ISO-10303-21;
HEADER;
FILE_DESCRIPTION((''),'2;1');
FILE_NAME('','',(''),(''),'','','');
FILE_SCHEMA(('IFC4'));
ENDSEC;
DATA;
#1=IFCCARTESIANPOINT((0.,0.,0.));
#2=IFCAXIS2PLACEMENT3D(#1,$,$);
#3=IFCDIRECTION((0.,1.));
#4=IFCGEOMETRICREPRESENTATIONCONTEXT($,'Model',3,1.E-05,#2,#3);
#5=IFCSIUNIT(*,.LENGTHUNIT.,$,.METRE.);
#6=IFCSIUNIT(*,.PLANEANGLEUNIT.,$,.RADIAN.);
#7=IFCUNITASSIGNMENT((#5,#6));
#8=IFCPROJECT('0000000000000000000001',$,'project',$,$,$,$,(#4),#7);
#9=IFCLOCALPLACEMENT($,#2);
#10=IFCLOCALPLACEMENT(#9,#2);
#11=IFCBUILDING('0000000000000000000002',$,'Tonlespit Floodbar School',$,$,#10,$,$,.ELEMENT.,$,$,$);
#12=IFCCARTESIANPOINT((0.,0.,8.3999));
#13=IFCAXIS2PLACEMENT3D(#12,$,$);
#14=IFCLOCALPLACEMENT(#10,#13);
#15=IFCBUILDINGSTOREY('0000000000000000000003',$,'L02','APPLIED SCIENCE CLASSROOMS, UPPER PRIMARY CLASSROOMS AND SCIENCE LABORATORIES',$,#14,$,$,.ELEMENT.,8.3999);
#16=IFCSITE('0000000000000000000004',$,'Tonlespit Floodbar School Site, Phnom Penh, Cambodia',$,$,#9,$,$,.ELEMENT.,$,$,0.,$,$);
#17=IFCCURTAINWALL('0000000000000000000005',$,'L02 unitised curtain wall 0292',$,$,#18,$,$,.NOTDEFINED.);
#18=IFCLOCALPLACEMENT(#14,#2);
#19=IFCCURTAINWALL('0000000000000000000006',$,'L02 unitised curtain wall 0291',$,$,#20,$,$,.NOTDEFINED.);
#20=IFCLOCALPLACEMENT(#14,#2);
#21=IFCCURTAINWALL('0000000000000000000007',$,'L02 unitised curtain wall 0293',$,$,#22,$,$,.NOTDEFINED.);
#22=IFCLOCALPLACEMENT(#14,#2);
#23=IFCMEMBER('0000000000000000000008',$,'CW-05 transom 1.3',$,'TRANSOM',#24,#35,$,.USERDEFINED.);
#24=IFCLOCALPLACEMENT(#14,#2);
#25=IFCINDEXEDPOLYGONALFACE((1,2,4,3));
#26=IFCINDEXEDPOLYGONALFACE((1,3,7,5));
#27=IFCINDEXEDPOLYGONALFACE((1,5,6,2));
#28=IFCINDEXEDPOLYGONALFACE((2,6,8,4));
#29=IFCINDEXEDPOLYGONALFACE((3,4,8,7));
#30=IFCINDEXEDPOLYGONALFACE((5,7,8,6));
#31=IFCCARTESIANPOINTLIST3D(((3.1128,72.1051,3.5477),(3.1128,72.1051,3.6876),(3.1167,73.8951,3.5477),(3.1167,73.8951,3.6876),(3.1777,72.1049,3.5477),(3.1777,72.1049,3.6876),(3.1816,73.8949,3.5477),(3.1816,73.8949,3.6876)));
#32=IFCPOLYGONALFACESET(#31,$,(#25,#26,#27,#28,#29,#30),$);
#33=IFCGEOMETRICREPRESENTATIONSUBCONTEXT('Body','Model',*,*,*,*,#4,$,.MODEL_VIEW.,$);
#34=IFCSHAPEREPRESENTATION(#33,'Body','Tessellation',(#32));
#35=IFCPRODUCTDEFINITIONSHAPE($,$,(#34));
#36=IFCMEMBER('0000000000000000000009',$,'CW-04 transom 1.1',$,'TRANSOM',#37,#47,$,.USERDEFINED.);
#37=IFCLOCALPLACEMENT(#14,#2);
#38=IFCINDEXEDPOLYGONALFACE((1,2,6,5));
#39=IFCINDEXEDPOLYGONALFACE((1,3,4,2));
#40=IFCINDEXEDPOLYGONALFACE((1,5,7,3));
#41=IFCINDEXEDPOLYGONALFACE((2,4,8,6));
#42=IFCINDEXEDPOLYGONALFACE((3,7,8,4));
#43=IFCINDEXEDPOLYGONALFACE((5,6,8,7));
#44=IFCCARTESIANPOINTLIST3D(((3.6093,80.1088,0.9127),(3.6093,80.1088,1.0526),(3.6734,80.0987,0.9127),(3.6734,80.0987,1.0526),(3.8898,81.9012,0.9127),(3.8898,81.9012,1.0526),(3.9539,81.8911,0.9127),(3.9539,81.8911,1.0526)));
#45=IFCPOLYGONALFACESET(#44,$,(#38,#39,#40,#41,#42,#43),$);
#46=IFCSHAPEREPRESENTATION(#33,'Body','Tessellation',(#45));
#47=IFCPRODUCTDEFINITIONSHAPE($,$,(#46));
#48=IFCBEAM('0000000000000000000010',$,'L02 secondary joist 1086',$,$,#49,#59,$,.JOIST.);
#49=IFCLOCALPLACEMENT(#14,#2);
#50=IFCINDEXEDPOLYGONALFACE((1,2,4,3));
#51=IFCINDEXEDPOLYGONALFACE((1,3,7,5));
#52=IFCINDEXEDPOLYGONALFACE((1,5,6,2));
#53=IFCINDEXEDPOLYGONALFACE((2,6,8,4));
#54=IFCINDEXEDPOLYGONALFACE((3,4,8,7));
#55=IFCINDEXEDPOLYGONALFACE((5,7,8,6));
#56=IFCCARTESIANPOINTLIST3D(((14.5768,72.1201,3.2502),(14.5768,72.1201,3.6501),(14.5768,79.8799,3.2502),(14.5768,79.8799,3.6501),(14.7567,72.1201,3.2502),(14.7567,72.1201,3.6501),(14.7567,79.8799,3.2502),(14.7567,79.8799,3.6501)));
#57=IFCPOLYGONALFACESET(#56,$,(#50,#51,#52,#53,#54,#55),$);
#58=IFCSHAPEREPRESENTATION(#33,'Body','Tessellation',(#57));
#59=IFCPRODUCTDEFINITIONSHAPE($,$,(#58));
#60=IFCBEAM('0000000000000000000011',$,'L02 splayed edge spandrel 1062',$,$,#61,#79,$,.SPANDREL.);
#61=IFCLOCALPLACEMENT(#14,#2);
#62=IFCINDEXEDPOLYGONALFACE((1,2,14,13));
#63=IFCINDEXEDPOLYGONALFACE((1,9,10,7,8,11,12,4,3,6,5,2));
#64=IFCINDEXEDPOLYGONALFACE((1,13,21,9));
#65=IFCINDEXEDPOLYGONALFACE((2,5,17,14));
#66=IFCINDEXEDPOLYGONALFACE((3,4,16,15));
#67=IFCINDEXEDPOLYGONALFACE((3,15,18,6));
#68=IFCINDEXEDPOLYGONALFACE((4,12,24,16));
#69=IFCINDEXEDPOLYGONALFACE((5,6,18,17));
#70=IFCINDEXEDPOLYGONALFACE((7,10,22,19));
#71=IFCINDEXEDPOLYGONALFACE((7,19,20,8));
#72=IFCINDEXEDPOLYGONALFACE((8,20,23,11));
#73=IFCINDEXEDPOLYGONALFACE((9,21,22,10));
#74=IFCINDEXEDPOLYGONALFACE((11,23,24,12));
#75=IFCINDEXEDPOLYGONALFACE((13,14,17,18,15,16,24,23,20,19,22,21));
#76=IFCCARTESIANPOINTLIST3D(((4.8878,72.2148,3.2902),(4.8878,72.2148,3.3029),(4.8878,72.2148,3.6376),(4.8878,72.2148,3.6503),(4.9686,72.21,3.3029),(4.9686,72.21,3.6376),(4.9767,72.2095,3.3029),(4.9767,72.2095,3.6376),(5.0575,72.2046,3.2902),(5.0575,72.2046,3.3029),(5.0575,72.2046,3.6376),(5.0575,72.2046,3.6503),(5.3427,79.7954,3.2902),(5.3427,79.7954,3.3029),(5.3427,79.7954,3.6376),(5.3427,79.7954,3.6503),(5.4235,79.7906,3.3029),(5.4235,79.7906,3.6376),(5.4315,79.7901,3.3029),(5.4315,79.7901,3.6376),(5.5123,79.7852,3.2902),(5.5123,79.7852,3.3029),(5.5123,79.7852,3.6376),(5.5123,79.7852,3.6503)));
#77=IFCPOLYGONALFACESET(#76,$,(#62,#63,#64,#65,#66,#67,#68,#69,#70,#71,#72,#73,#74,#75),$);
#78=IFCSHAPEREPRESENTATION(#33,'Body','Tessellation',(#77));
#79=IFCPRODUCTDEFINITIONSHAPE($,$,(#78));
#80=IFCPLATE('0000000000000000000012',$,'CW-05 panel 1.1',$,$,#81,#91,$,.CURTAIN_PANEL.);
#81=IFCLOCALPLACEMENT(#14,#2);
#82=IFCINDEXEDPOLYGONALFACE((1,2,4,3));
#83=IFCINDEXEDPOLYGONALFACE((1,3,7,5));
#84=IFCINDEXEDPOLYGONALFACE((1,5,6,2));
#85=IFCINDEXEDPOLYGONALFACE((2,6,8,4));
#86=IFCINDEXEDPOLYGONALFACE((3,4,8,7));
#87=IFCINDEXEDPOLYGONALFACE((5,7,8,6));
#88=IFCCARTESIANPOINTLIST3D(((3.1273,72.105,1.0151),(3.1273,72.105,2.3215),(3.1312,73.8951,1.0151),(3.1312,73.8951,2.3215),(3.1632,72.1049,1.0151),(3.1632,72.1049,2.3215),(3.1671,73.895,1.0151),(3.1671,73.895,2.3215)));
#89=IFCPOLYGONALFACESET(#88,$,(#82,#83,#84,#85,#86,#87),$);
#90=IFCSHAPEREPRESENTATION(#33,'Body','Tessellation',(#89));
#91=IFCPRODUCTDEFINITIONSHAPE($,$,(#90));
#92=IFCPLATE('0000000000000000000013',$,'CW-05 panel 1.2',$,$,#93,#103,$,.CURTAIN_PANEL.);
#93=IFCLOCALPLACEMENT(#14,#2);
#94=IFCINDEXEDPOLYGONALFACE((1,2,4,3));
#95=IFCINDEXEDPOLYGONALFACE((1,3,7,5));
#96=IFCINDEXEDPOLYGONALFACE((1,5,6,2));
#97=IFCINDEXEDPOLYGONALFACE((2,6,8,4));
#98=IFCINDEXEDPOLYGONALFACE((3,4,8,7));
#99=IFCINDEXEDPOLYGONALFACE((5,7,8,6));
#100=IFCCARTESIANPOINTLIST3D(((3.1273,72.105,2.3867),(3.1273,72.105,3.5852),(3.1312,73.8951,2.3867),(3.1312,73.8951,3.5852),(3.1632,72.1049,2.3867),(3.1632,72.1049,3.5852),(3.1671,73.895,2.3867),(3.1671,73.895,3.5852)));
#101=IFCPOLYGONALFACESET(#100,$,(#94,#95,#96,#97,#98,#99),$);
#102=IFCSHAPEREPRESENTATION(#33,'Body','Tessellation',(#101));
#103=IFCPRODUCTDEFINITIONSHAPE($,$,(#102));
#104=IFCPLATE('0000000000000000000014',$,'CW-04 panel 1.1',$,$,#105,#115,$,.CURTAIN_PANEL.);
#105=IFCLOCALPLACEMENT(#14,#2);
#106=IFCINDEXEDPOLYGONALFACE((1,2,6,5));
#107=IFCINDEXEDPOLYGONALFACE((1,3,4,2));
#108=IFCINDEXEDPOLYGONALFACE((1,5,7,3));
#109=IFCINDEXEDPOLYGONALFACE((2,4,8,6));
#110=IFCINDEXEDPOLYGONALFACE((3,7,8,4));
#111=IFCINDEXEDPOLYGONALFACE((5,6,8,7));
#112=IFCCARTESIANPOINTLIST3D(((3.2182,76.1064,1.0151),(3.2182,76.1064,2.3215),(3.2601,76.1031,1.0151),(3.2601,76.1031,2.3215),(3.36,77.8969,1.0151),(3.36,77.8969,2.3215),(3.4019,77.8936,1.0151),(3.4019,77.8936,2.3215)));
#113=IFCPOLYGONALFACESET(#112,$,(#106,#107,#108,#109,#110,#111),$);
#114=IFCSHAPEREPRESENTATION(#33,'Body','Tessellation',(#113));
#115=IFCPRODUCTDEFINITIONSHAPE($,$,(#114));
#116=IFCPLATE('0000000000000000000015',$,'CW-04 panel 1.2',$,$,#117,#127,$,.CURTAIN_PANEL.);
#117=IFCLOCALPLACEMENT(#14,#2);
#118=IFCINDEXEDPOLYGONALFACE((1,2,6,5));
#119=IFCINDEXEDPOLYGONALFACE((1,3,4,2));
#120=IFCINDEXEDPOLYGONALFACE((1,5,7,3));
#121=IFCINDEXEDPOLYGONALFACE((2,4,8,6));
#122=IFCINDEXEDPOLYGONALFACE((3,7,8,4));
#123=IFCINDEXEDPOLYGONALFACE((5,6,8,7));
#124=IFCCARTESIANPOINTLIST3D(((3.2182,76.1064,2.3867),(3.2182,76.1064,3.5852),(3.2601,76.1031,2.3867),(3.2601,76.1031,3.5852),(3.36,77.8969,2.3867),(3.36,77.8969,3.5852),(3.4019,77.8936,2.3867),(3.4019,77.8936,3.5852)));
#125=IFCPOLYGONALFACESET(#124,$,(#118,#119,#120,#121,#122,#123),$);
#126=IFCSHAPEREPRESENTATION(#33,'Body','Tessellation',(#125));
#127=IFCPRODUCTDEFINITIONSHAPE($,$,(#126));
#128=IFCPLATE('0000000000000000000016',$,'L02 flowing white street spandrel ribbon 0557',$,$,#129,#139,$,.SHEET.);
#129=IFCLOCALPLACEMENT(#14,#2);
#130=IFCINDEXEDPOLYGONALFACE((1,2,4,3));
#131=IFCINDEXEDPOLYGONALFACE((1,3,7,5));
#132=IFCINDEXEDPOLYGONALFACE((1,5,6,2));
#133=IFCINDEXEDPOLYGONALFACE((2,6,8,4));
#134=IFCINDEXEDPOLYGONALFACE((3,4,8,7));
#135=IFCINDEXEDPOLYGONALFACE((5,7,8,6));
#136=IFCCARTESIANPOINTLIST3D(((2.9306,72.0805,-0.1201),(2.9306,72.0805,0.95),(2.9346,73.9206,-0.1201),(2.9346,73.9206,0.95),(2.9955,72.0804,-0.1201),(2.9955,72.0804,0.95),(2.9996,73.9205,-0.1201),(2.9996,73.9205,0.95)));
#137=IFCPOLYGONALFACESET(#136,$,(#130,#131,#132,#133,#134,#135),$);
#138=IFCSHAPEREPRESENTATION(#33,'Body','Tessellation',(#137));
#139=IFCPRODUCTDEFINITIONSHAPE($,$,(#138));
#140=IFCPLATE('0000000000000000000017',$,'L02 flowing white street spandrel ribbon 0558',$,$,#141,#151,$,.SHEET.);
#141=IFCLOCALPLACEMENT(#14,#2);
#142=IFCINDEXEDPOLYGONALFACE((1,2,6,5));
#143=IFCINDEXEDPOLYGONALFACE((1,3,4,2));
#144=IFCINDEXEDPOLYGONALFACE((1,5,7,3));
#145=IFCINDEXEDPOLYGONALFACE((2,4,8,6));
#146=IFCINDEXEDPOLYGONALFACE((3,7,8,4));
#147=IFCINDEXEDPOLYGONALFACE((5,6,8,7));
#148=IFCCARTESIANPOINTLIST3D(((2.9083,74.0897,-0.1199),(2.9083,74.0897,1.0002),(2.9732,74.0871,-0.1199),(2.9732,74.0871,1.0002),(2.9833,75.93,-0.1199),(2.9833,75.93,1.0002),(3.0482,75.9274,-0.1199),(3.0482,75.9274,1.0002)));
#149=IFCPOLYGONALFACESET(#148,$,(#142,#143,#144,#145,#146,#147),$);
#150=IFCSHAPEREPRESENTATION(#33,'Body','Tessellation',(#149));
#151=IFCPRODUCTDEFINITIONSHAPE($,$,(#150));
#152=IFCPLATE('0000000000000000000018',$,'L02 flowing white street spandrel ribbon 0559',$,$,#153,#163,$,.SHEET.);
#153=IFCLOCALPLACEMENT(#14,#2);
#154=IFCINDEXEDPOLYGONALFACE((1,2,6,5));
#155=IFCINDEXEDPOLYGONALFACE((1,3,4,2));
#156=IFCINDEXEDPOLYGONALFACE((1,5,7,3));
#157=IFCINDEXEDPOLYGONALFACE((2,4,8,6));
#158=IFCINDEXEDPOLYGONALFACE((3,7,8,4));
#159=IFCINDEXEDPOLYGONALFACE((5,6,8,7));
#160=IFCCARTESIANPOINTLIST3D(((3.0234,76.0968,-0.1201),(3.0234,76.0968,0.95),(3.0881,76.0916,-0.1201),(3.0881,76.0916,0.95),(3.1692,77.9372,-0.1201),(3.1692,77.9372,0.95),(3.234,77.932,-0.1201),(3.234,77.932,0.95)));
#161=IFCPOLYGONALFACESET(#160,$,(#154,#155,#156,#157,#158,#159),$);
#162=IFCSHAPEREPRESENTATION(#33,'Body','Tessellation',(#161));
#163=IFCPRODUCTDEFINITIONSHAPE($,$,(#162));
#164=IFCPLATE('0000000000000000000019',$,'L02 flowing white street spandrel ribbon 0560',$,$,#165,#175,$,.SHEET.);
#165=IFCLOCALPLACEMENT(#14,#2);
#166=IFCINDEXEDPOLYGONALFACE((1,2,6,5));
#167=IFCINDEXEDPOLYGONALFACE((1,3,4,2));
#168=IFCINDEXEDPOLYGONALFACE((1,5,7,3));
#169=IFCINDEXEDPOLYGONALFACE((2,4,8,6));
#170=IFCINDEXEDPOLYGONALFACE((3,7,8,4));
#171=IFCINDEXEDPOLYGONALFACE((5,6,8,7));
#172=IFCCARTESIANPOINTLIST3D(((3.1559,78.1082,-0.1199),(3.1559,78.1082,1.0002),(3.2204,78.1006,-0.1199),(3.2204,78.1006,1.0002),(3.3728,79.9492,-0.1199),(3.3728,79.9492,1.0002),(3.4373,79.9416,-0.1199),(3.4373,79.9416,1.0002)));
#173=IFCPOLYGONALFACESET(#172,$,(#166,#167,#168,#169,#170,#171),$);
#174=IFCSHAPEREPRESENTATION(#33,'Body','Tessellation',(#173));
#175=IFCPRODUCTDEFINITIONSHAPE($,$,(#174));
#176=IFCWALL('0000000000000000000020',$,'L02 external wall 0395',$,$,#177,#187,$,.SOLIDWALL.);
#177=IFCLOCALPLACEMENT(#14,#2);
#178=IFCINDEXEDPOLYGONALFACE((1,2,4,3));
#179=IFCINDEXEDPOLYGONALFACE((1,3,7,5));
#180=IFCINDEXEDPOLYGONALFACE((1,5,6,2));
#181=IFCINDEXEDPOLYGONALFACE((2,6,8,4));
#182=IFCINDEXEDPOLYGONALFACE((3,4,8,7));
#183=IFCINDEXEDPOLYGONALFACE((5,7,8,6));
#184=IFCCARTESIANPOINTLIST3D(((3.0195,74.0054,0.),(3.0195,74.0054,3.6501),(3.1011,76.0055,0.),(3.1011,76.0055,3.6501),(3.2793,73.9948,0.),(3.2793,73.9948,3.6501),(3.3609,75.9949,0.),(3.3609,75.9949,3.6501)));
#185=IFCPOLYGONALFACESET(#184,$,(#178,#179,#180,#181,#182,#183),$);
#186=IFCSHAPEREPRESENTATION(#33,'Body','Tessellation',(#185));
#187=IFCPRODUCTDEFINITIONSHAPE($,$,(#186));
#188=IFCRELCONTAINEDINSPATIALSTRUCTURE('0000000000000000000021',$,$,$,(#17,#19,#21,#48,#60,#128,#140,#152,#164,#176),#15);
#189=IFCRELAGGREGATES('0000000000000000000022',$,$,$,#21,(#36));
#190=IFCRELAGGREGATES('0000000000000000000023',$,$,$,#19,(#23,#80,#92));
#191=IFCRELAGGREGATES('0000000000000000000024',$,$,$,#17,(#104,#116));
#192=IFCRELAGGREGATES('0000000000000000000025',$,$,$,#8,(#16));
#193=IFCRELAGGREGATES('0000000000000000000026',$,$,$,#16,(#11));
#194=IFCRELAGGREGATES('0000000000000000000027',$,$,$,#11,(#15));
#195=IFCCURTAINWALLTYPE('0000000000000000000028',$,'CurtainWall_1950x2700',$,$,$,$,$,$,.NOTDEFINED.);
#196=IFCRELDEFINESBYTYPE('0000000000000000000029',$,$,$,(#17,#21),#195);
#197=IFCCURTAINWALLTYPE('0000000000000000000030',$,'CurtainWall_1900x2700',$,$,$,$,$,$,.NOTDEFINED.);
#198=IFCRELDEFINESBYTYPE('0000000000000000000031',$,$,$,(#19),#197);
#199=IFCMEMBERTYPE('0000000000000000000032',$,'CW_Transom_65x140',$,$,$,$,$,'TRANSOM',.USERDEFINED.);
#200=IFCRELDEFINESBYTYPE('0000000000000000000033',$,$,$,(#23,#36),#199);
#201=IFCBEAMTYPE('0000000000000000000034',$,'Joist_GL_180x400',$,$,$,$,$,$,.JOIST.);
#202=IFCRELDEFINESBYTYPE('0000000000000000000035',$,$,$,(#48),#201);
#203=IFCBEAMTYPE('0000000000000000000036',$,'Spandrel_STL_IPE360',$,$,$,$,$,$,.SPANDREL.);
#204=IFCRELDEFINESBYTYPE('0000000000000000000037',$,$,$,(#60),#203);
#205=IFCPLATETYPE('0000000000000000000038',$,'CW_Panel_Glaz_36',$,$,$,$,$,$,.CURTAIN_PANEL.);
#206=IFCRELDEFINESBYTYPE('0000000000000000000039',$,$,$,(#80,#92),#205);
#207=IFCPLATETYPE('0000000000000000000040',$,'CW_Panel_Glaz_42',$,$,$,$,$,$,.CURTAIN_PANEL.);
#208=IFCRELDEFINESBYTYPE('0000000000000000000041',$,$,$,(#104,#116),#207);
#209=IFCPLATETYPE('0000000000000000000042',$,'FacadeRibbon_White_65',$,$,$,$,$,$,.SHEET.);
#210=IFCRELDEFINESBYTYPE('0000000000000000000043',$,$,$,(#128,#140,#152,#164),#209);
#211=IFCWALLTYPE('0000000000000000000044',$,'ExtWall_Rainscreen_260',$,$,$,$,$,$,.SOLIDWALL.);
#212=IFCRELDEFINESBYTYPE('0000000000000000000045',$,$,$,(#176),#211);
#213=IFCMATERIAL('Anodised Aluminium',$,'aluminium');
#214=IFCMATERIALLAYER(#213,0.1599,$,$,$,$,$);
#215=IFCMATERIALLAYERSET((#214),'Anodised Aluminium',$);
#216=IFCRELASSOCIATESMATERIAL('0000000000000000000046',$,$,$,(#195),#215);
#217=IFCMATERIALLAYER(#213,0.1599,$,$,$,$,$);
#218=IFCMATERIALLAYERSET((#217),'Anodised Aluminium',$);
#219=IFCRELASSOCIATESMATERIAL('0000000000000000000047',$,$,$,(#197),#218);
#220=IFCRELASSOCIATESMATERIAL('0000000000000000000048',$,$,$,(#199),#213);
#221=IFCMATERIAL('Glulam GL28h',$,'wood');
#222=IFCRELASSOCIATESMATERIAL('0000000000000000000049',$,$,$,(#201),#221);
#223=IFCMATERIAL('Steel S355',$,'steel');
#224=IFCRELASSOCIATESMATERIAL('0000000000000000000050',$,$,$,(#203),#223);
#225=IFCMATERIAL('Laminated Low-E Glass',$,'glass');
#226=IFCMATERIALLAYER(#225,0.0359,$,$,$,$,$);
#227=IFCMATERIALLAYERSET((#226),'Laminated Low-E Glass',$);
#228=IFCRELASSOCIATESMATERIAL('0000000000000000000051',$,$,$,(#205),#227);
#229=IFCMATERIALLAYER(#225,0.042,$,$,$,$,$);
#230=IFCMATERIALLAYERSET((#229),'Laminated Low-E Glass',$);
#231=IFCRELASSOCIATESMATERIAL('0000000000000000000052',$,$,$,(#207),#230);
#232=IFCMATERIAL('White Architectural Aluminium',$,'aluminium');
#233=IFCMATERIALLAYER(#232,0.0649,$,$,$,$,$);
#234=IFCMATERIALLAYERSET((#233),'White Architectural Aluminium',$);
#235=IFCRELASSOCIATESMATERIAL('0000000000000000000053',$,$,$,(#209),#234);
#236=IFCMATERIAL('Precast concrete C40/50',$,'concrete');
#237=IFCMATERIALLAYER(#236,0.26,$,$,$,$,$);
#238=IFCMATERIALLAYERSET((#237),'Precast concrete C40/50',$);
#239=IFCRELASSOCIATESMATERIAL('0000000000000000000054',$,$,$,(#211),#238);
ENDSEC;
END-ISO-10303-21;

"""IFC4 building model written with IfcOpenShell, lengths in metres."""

from ifc_helpers import new_model, si_unit, direction, frame, frame_2d, origin, origin_2d, place, context, subcontext, project, spatial, rectangle, i_section, extrude, material, layer, layer_set, material_profile, profile_set, type_object, element, aggregate, save


model = new_model("IFC4")

# Units and contexts
model_context = context("Model", 3, precision=1e-05, world=origin(), true_north=direction((0.0, 1.0)))
body_context = subcontext(model_context, "Body", "Model", "MODEL_VIEW")
ifc_project = project(units=[si_unit("LENGTHUNIT", "METRE"), si_unit("PLANEANGLEUNIT", "RADIAN")], contexts=[model_context])

# Site, building, storey
site_placement = place(None, origin())
site = spatial("IfcSite", under=ifc_project, at=site_placement, Name="Tonlespit Floodbar School Site, Phnom Penh, Cambodia", CompositionType="ELEMENT", RefElevation=0.0)
building_placement = place(site_placement, origin())
building = spatial("IfcBuilding", under=site, at=building_placement, Name="Tonlespit Floodbar School", CompositionType="ELEMENT")
storey_placement = place(building_placement, frame((0.0, 0.0, 8.3999)))
storey = spatial("IfcBuildingStorey", under=building, at=storey_placement, Name="L02", Description="APPLIED SCIENCE CLASSROOMS, UPPER PRIMARY CLASSROOMS AND SCIENCE LABORATORIES", CompositionType="ELEMENT", Elevation=8.3999)

# Shared definitions
ifc_material_1 = material(Name="Glulam GL28h", Category="wood")

# Curtain wall
ifc_material_2 = material(Name="Anodised Aluminium", Category="aluminium")
ifc_layer_1 = layer(ifc_material_2, 0.1599)
ifc_layer_set_1 = layer_set([ifc_layer_1], Name="Anodised Aluminium")
curtain_wall_type_1 = type_object("IfcCurtainWallType", Name="CurtainWall_1950x2700", PredefinedType="NOTDEFINED", material=ifc_layer_set_1)
curtain_wall_1_placement = place(storey_placement, origin())
curtain_wall_1 = element("IfcCurtainWall", 1, at=curtain_wall_1_placement, inside=storey, type_object=curtain_wall_type_1, Name="L02 unitised curtain wall 0292", PredefinedType="NOTDEFINED")

# Curtain walls
ifc_layer_2 = layer(ifc_material_2, 0.1599)
ifc_layer_set_2 = layer_set([ifc_layer_2], Name="Anodised Aluminium")
curtain_wall_type_2 = type_object("IfcCurtainWallType", Name="CurtainWall_1900x2700", PredefinedType="NOTDEFINED", material=ifc_layer_set_2)
curtain_wall_2_placement = place(storey_placement, origin())
curtain_wall_2 = element("IfcCurtainWall", 2, at=curtain_wall_2_placement, inside=storey, type_object=curtain_wall_type_2, Name="L02 unitised curtain wall 0291", PredefinedType="NOTDEFINED")
curtain_wall_3_placement = place(storey_placement, origin())
curtain_wall_3 = element("IfcCurtainWall", 3, at=curtain_wall_3_placement, inside=storey, type_object=curtain_wall_type_1, Name="L02 unitised curtain wall 0293", PredefinedType="NOTDEFINED")

# Members
ifc_material_profile_1 = material_profile(ifc_material_2, rectangle(XDim=0.0649, YDim=0.1399, at=origin_2d()), Name="ALU T65x140")
ifc_profile_set_1 = profile_set([ifc_material_profile_1], Name="Anodised Aluminium")
member_type_1 = type_object("IfcMemberType", Name="CW_Transom_65x140", ElementType="TRANSOM", PredefinedType="USERDEFINED", material=ifc_profile_set_1)
member_1_placement = place(storey_placement, frame((3.1453, 72.105, 3.6177), z_axis=(0.002182, 0.999998, 0.0), x_axis=(-0.999998, 0.002182, 0.0)))
member_1 = element("IfcMember", 4, at=member_1_placement, type_object=member_type_1, Name="CW-05 transom 1.3", ObjectType="TRANSOM", PredefinedType="USERDEFINED", context=body_context, shape_type="SweptSolid", body=[
    extrude(rectangle(XDim=0.0649, YDim=0.1399, at=origin_2d()), origin(), (0.0, 0.0, 1.0), 1.79),
])
member_2_placement = place(storey_placement, frame((3.6414, 80.1038, 0.9827), z_axis=(0.154615, 0.987975, 0.0), x_axis=(-0.987975, 0.154615, 0.0)))
member_2 = element("IfcMember", 5, at=member_2_placement, type_object=member_type_1, Name="CW-04 transom 1.1", ObjectType="TRANSOM", PredefinedType="USERDEFINED", context=body_context, shape_type="SweptSolid", body=[
    extrude(rectangle(XDim=0.0649, YDim=0.1399, at=origin_2d()), origin(), (0.0, 0.0, 1.0), 1.8142),
])
aggregate(curtain_wall_3, [member_2])

# Beams
ifc_material_profile_2 = material_profile(ifc_material_1, rectangle(XDim=0.1799, YDim=0.3999, at=origin_2d()), Name="GL 180x400")
ifc_profile_set_2 = profile_set([ifc_material_profile_2], Name="Glulam GL28h")
beam_type_1 = type_object("IfcBeamType", Name="Joist_GL_180x400", PredefinedType="JOIST", material=ifc_profile_set_2)
beam_1_placement = place(storey_placement, frame((14.6667, 72.1201, 3.4502), z_axis=(0.0, 1.0, 0.0), x_axis=(-1.0, 0.0, 0.0)))
element("IfcBeam", 6, at=beam_1_placement, inside=storey, type_object=beam_type_1, Name="L02 secondary joist 1086", PredefinedType="JOIST", context=body_context, shape_type="SweptSolid", body=[
    extrude(rectangle(XDim=0.1799, YDim=0.3999, at=origin_2d()), origin(), (0.0, 0.0, 1.0), 7.7598),
])
ifc_material_3 = material(Name="Steel S355", Category="steel")
ifc_material_profile_3 = material_profile(ifc_material_3, i_section(OverallWidth=0.1699, OverallDepth=0.3601, WebThickness=0.0081, FlangeThickness=0.0127, at=origin_2d()), Name="IPE 360")
ifc_profile_set_3 = profile_set([ifc_material_profile_3], Name="Steel S355")
beam_type_2 = type_object("IfcBeamType", Name="Spandrel_STL_IPE360", PredefinedType="SPANDREL", material=ifc_profile_set_3)
beam_2_placement = place(storey_placement, frame((4.9727, 72.2097, 3.4702), z_axis=(0.059892, 0.998205, 0.0), x_axis=(-0.998205, 0.059892, 0.0)))
element("IfcBeam", 7, at=beam_2_placement, inside=storey, type_object=beam_type_2, Name="L02 splayed edge spandrel 1062", PredefinedType="SPANDREL", context=body_context, shape_type="SweptSolid", body=[
    extrude(i_section(OverallWidth=0.1699, OverallDepth=0.3601, WebThickness=0.0081, FlangeThickness=0.0127, at=origin_2d()), origin(), (0.0, 0.0, 1.0), 7.5942),
])

# Plates
ifc_material_4 = material(Name="Laminated Low-E Glass", Category="glass")
ifc_layer_3 = layer(ifc_material_4, 0.0359)
ifc_layer_set_3 = layer_set([ifc_layer_3], Name="Laminated Low-E Glass")
plate_type_1 = type_object("IfcPlateType", Name="CW_Panel_Glaz_36", PredefinedType="CURTAIN_PANEL", material=ifc_layer_set_3)
plate_1_placement = place(storey_placement, frame((3.1472, 73.0, 1.0151), z_axis=(0.0, 0.0, 1.0), x_axis=(0.002187, 0.999998, 0.0)))
plate_1 = element("IfcPlate", 8, at=plate_1_placement, type_object=plate_type_1, Name="CW-05 panel 1.1", PredefinedType="CURTAIN_PANEL", context=body_context, shape_type="SweptSolid", body=[
    extrude(rectangle(XDim=1.79, YDim=0.0359, at=origin_2d()), origin(), (0.0, 0.0, 1.0), 1.3064),
])
plate_2_placement = place(storey_placement, frame((3.1472, 73.0, 2.3867), z_axis=(0.0, 0.0, 1.0), x_axis=(0.002187, 0.999998, 0.0)))
plate_2 = element("IfcPlate", 9, at=plate_2_placement, type_object=plate_type_1, Name="CW-05 panel 1.2", PredefinedType="CURTAIN_PANEL", context=body_context, shape_type="SweptSolid", body=[
    extrude(rectangle(XDim=1.79, YDim=0.0359, at=origin_2d()), origin(), (0.0, 0.0, 1.0), 1.1985),
])
aggregate(curtain_wall_2, [member_1, plate_1, plate_2])
ifc_layer_4 = layer(ifc_material_4, 0.042)
ifc_layer_set_4 = layer_set([ifc_layer_4], Name="Laminated Low-E Glass")
plate_type_2 = type_object("IfcPlateType", Name="CW_Panel_Glaz_42", PredefinedType="CURTAIN_PANEL", material=ifc_layer_set_4)
plate_3_placement = place(storey_placement, frame((3.3101, 77.0, 1.0151), z_axis=(0.0, 0.0, 1.0), x_axis=(0.078963, 0.996878, 0.0)))
plate_3 = element("IfcPlate", 10, at=plate_3_placement, type_object=plate_type_2, Name="CW-04 panel 1.1", PredefinedType="CURTAIN_PANEL", context=body_context, shape_type="SweptSolid", body=[
    extrude(rectangle(XDim=1.7961, YDim=0.042, at=origin_2d()), origin(), (0.0, 0.0, 1.0), 1.3064),
])
plate_4_placement = place(storey_placement, frame((3.3101, 77.0, 2.3867), z_axis=(0.0, 0.0, 1.0), x_axis=(0.078963, 0.996878, 0.0)))
plate_4 = element("IfcPlate", 11, at=plate_4_placement, type_object=plate_type_2, Name="CW-04 panel 1.2", PredefinedType="CURTAIN_PANEL", context=body_context, shape_type="SweptSolid", body=[
    extrude(rectangle(XDim=1.7961, YDim=0.042, at=origin_2d()), origin(), (0.0, 0.0, 1.0), 1.1985),
])
aggregate(curtain_wall_1, [plate_3, plate_4])

# Plates
ifc_material_5 = material(Name="White Architectural Aluminium", Category="aluminium")
ifc_layer_5 = layer(ifc_material_5, 0.0649)
ifc_layer_set_5 = layer_set([ifc_layer_5], Name="White Architectural Aluminium")
plate_type_3 = type_object("IfcPlateType", Name="FacadeRibbon_White_65", PredefinedType="SHEET", material=ifc_layer_set_5)
plate_5_placement = place(storey_placement, frame((2.9651, 73.0005, -0.1201), z_axis=(0.0, 0.0, 1.0), x_axis=(0.002201, 0.999998, 0.0)))
element("IfcPlate", 12, at=plate_5_placement, inside=storey, type_object=plate_type_3, Name="L02 flowing white street spandrel ribbon 0557", PredefinedType="SHEET", context=body_context, shape_type="SweptSolid", body=[
    extrude(rectangle(XDim=1.8401, YDim=0.0649, at=origin_2d()), origin(), (0.0, 0.0, 1.0), 1.0701),
])
plate_6_placement = place(storey_placement, frame((2.9783, 75.0085, -0.1199), z_axis=(0.0, 0.0, 1.0), x_axis=(0.040716, 0.999171, 0.0)))
element("IfcPlate", 13, at=plate_6_placement, inside=storey, type_object=plate_type_3, Name="L02 flowing white street spandrel ribbon 0558", PredefinedType="SHEET", context=body_context, shape_type="SweptSolid", body=[
    extrude(rectangle(XDim=1.8418, YDim=0.0649, at=origin_2d()), origin(), (0.0, 0.0, 1.0), 1.1201),
])
plate_7_placement = place(storey_placement, frame((3.1287, 77.0144, -0.1201), z_axis=(0.0, 0.0, 1.0), x_axis=(0.079002, 0.996874, 0.0)))
element("IfcPlate", 14, at=plate_7_placement, inside=storey, type_object=plate_type_3, Name="L02 flowing white street spandrel ribbon 0559", PredefinedType="SHEET", context=body_context, shape_type="SweptSolid", body=[
    extrude(rectangle(XDim=1.8462, YDim=0.0649, at=origin_2d()), origin(), (0.0, 0.0, 1.0), 1.0701),
])
plate_8_placement = place(storey_placement, frame((3.2966, 79.0249, -0.1199), z_axis=(0.0, 0.0, 1.0), x_axis=(0.116991, 0.993133, 0.0)))
element("IfcPlate", 15, at=plate_8_placement, inside=storey, type_object=plate_type_3, Name="L02 flowing white street spandrel ribbon 0560", PredefinedType="SHEET", context=body_context, shape_type="SweptSolid", body=[
    extrude(rectangle(XDim=1.8538, YDim=0.0649, at=origin_2d()), origin(), (0.0, 0.0, 1.0), 1.1201),
])

# Wall
ifc_material_6 = material(Name="Precast concrete C40/50", Category="concrete")
ifc_layer_6 = layer(ifc_material_6, 0.26)
ifc_layer_set_6 = layer_set([ifc_layer_6], Name="Precast concrete C40/50")
wall_type_1 = type_object("IfcWallType", Name="ExtWall_Rainscreen_260", PredefinedType="SOLIDWALL", material=ifc_layer_set_6)
wall_1_placement = place(storey_placement, frame((3.1494, 74.0, 0.0), z_axis=(0.0, 0.0, 1.0), x_axis=(0.040738, 0.99917, 0.0)))
element("IfcWall", 16, at=wall_1_placement, inside=storey, type_object=wall_type_1, Name="L02 external wall 0395", PredefinedType="SOLIDWALL", context=body_context, shape_type="SweptSolid", body=[
    extrude(rectangle(XDim=2.0017, YDim=0.26, at=frame_2d((1.001, 0.0))), origin(), (0.0, 0.0, 1.0), 3.6501),
])

save(model, "model.ifc")
